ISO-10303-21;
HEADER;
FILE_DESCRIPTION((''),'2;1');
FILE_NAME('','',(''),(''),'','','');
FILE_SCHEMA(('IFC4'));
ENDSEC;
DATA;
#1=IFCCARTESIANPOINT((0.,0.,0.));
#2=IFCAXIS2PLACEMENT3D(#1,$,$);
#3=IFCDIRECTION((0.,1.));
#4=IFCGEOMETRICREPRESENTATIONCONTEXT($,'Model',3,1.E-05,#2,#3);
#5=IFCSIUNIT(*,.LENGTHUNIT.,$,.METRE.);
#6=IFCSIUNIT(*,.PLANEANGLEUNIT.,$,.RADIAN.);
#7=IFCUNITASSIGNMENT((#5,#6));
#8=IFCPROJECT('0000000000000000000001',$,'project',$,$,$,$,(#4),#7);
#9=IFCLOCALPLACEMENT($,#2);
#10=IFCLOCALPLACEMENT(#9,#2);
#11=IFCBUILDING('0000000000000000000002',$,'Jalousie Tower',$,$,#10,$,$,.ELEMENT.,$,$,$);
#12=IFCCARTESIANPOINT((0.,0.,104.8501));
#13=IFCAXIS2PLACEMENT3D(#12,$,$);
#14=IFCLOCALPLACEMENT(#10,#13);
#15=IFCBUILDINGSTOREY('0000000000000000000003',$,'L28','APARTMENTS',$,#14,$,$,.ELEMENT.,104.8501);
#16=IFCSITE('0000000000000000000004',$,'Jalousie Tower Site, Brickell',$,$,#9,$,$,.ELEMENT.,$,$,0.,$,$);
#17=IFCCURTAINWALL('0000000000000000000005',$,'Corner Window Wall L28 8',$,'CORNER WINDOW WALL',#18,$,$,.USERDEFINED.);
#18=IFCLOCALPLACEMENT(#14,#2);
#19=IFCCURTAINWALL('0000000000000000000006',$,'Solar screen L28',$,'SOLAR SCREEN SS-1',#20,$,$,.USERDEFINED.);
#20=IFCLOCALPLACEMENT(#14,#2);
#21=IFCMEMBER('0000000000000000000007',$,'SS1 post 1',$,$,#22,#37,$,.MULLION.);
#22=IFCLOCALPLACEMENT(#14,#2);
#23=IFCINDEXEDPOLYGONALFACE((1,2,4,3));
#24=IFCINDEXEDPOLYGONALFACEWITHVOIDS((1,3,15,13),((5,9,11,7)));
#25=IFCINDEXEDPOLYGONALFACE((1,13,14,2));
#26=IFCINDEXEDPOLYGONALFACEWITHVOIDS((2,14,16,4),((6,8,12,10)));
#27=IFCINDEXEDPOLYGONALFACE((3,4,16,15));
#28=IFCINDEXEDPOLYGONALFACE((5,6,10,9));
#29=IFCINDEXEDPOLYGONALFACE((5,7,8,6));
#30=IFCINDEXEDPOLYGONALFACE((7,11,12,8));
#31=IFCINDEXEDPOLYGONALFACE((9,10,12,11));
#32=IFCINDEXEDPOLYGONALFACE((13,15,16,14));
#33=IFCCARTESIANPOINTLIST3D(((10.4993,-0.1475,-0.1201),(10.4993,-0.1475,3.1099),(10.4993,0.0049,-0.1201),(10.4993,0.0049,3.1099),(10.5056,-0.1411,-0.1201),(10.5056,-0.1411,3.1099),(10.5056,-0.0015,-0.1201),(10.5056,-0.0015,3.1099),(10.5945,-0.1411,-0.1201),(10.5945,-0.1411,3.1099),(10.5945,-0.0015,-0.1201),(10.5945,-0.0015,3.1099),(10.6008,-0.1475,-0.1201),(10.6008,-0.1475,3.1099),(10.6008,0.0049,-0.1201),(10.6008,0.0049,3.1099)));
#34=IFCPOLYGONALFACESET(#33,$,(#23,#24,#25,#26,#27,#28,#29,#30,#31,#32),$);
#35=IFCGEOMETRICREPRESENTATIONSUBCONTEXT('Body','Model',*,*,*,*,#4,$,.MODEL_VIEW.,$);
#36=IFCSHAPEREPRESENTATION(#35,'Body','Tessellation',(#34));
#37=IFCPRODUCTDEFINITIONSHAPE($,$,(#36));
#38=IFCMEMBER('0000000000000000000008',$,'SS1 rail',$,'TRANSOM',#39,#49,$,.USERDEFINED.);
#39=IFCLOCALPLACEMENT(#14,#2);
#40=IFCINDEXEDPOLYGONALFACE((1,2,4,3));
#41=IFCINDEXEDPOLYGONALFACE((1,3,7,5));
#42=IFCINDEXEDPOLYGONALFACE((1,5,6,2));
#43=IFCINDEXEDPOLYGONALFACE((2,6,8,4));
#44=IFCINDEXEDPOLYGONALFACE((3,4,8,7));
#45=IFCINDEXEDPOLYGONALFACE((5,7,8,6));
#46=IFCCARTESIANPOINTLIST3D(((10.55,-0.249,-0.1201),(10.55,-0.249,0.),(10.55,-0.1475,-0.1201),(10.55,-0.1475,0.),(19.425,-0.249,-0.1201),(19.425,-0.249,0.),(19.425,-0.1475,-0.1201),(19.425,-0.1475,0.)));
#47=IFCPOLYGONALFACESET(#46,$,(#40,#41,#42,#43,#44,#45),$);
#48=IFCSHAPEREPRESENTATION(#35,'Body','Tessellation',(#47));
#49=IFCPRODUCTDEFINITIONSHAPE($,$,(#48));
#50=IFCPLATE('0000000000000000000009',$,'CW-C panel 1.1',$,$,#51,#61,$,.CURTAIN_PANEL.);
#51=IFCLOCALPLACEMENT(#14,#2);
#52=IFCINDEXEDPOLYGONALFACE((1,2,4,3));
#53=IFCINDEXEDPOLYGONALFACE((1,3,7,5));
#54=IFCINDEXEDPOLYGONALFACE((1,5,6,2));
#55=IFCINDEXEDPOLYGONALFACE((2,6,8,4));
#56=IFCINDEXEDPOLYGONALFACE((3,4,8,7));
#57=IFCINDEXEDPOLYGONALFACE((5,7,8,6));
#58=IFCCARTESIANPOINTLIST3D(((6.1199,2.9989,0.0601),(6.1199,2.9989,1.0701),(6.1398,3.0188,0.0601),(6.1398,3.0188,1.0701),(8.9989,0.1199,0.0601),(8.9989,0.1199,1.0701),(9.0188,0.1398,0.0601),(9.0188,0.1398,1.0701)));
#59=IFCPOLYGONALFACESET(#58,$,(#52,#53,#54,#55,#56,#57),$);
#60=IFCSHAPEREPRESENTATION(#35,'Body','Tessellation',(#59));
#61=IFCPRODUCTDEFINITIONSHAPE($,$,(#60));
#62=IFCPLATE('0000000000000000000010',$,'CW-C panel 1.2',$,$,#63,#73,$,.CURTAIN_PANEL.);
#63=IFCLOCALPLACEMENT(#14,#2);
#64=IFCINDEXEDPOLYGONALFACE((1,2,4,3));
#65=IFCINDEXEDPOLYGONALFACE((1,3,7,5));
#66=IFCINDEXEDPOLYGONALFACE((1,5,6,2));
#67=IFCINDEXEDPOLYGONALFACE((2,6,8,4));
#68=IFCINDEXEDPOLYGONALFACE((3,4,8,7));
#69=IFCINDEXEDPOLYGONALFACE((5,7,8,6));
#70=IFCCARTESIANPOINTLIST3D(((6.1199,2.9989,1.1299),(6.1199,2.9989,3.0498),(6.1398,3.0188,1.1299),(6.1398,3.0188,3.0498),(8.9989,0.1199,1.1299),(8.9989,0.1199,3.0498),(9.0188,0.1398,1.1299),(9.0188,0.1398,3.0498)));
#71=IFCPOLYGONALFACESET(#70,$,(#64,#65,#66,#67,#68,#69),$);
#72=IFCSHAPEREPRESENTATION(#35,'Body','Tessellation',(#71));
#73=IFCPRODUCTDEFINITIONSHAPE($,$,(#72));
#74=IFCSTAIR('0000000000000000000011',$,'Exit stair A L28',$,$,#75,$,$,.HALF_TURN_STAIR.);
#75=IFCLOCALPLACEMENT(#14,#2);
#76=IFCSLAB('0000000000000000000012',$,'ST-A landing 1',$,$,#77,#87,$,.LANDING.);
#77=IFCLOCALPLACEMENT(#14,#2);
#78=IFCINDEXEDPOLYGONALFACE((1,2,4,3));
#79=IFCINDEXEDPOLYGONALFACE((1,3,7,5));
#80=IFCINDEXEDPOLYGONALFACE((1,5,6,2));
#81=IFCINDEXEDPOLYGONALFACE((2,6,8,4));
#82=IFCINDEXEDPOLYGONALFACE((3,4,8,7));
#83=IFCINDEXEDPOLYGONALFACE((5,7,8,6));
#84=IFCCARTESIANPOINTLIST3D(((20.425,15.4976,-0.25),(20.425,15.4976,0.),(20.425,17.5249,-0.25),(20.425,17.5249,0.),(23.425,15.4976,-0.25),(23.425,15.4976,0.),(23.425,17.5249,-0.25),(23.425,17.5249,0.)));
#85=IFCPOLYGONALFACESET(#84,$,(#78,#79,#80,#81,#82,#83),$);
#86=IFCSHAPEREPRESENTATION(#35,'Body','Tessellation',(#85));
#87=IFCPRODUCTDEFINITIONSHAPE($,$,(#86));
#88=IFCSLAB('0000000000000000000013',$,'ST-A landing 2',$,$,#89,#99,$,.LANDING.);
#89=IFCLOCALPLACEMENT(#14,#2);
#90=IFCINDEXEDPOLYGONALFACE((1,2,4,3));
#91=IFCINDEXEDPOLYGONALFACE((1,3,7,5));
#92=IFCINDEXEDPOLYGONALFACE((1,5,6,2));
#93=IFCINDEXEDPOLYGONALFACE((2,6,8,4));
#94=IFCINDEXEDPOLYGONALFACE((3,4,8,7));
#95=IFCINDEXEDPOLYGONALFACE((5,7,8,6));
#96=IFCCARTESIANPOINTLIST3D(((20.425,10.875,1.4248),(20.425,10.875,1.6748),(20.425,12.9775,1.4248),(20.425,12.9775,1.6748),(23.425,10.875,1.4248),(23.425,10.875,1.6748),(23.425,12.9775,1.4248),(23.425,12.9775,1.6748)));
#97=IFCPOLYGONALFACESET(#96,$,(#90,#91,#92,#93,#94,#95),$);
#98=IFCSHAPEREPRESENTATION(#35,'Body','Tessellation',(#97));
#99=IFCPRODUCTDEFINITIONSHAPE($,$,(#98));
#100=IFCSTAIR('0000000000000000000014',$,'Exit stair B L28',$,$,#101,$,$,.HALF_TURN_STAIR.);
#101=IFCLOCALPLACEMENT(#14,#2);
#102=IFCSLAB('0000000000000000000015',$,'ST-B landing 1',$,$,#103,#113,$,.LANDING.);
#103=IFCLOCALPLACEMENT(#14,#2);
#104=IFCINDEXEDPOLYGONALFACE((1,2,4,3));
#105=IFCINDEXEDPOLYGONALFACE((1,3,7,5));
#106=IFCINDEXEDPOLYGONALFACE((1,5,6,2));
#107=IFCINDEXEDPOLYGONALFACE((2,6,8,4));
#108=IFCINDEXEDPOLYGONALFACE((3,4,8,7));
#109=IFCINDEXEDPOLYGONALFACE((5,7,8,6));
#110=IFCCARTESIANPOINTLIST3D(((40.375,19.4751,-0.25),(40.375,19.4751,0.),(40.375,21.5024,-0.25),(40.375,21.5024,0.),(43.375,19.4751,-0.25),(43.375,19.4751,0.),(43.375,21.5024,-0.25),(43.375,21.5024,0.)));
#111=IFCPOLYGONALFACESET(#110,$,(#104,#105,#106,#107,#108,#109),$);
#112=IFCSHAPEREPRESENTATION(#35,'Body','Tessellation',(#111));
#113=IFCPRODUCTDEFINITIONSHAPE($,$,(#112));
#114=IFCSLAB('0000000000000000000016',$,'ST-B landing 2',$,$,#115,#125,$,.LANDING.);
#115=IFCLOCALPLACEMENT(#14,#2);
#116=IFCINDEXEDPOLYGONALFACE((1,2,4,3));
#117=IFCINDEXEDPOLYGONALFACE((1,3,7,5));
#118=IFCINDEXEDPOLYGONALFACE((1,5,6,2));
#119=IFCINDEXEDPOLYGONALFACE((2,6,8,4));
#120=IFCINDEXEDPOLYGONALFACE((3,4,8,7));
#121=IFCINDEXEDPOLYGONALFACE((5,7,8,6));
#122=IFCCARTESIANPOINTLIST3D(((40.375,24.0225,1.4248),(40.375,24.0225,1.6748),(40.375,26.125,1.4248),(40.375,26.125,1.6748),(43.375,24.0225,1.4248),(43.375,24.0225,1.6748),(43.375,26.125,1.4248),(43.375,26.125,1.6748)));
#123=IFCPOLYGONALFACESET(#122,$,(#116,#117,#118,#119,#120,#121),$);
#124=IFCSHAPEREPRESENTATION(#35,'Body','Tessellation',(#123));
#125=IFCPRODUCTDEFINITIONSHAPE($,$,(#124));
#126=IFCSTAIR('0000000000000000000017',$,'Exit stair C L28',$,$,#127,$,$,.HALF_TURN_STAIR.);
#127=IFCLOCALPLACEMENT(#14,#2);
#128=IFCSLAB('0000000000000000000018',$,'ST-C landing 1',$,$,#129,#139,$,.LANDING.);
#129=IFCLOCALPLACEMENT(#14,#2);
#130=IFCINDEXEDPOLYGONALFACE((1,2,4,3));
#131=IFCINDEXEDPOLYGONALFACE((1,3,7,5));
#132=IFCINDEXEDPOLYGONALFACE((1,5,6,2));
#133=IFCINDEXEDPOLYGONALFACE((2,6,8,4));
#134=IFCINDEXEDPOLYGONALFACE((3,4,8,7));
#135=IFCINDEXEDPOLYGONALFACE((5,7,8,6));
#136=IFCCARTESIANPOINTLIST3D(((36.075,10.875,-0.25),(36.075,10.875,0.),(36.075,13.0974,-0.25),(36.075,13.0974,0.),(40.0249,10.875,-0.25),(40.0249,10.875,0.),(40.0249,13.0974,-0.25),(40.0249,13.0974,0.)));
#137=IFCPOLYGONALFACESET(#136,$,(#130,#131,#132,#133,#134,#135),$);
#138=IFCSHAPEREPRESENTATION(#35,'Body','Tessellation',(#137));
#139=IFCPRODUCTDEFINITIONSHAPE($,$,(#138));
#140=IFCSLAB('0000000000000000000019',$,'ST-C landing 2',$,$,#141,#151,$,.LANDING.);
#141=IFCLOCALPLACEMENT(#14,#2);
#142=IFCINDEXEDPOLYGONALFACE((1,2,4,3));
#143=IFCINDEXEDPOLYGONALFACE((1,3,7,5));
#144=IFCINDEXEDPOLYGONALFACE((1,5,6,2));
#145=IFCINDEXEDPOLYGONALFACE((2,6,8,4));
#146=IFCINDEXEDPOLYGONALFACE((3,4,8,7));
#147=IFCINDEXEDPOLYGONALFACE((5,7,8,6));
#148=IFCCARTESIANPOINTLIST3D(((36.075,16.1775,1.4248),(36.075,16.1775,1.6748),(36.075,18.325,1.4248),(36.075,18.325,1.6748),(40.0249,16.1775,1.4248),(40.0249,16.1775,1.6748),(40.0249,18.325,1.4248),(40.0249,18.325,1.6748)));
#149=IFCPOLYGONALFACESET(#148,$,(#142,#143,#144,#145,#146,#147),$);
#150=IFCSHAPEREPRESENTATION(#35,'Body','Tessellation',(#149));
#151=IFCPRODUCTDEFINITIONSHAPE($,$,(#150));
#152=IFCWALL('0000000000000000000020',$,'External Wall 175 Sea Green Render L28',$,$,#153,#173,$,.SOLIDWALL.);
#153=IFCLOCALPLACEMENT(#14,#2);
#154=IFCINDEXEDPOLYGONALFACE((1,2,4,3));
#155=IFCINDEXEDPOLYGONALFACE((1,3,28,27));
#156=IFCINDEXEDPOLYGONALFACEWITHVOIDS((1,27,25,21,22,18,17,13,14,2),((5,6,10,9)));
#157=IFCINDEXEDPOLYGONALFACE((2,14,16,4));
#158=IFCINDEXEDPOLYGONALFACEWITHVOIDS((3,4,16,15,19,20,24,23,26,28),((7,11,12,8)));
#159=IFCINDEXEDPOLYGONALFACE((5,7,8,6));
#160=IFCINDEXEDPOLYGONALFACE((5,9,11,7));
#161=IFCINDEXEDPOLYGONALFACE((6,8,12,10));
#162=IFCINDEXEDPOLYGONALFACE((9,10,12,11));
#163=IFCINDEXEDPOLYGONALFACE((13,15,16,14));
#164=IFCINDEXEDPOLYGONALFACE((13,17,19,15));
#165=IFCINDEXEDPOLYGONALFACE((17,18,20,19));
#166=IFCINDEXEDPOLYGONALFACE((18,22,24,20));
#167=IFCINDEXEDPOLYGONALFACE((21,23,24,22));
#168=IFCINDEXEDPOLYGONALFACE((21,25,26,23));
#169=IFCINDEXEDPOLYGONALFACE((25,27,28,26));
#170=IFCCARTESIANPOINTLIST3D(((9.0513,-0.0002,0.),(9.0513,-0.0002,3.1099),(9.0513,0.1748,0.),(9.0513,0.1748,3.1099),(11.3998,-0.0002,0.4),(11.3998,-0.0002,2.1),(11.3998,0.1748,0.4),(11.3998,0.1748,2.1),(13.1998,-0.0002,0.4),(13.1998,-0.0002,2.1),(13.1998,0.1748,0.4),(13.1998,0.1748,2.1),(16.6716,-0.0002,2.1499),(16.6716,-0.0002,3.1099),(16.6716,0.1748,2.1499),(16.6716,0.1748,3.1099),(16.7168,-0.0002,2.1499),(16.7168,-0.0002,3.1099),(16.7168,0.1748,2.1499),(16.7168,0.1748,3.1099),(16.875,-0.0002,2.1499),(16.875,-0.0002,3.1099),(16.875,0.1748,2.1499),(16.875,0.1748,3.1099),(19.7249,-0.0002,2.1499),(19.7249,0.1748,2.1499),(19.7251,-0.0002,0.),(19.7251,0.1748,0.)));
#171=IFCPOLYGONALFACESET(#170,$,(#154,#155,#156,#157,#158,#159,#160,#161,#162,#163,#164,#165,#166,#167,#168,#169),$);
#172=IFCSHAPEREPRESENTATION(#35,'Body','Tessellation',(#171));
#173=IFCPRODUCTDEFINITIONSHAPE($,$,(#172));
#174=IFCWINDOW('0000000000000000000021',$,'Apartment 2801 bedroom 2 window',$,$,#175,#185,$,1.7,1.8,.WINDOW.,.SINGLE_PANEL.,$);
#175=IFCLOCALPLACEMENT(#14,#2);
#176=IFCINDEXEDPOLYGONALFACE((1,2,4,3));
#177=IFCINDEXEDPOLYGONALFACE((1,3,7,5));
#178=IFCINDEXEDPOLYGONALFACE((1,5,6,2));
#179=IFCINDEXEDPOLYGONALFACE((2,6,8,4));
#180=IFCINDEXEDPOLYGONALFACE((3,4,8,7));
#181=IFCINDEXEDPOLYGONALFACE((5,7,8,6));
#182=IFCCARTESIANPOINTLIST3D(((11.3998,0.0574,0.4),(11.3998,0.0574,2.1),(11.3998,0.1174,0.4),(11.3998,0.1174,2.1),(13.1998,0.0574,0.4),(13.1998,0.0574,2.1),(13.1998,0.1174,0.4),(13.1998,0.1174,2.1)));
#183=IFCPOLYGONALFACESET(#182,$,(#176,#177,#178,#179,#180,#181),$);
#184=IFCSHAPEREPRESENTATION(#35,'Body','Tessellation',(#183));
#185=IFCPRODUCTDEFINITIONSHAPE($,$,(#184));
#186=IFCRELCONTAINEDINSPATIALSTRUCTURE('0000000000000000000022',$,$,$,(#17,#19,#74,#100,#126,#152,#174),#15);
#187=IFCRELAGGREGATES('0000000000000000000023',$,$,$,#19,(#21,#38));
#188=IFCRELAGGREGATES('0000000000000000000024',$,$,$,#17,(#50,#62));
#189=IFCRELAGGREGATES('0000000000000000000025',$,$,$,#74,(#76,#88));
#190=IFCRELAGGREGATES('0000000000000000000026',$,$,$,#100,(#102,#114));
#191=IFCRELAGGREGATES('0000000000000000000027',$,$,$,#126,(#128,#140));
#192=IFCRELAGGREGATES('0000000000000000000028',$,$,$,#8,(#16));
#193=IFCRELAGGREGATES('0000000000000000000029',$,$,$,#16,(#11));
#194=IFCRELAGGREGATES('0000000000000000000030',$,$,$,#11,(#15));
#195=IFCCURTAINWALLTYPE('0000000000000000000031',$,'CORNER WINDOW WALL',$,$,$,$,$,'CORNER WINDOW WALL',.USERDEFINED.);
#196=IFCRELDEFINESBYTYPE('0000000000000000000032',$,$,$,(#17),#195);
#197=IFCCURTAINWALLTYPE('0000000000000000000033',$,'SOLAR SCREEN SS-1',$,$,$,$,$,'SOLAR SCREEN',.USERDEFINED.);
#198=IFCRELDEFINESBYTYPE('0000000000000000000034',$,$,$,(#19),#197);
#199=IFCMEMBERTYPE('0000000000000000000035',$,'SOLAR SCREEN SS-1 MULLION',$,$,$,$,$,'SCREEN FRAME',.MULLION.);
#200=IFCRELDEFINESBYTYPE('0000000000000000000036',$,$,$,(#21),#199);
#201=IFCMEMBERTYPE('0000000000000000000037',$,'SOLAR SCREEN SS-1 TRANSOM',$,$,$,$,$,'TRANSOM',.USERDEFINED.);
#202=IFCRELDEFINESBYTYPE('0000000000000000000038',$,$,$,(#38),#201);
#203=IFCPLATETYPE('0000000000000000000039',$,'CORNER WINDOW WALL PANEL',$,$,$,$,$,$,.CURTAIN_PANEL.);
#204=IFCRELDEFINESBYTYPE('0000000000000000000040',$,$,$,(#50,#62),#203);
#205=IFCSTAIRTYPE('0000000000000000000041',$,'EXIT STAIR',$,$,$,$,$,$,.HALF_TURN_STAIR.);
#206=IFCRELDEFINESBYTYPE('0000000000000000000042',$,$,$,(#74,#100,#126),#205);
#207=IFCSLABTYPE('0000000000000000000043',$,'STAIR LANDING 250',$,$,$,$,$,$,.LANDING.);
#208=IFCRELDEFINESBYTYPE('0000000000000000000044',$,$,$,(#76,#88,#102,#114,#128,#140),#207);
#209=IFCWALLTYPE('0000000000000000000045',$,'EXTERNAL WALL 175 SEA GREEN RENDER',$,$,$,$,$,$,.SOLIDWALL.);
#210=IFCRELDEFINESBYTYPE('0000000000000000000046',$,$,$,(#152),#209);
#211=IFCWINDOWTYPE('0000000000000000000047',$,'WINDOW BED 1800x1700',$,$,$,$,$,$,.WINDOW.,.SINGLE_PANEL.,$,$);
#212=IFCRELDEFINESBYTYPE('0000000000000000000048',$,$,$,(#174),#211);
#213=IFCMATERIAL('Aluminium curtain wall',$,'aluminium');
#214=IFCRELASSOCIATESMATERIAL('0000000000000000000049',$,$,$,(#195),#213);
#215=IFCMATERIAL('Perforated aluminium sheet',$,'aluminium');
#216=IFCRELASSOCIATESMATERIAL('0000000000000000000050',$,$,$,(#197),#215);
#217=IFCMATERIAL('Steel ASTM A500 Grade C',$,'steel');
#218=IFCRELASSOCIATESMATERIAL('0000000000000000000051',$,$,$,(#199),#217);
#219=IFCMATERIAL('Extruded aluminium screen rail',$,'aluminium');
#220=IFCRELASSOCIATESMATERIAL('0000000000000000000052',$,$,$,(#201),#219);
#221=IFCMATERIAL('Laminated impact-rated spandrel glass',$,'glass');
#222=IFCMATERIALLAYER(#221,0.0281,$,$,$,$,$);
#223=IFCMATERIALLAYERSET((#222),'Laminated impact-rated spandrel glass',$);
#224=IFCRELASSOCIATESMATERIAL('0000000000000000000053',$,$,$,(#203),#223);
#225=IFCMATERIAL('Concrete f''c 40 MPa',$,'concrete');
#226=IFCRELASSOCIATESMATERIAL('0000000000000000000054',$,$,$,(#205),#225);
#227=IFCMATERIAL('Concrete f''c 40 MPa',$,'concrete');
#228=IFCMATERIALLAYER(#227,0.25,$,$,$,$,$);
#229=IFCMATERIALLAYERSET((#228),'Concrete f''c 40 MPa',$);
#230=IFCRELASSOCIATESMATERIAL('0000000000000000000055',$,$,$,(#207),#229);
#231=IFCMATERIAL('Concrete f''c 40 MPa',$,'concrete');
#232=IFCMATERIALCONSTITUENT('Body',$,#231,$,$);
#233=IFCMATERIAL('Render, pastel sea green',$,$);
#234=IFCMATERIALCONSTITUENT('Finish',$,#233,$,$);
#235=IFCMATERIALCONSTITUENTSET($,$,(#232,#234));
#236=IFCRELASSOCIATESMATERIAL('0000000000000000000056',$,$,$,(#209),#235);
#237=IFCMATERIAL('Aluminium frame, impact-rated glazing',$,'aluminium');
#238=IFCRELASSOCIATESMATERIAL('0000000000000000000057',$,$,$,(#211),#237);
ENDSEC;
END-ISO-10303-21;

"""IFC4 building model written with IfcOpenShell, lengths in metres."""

from ifc_helpers import new_model, si_unit, direction, frame, frame_2d, origin, origin_2d, place, context, subcontext, project, spatial, polyline, rectangle, hollow_rectangle, outline, extrude, material, layer, layer_set, constituent, constituent_set, material_profile, profile_set, type_object, element, fill, aggregate, save


model = new_model("IFC4")

# Units and contexts
model_context = context("Model", 3, precision=1e-05, world=origin(), true_north=direction((0.0, 1.0)))
body_context = subcontext(model_context, "Body", "Model", "MODEL_VIEW")
ifc_project = project(units=[si_unit("LENGTHUNIT", "METRE"), si_unit("PLANEANGLEUNIT", "RADIAN")], contexts=[model_context])

# Site, building, storey
site_placement = place(None, origin())
site = spatial("IfcSite", under=ifc_project, at=site_placement, Name="Jalousie Tower Site, Brickell", CompositionType="ELEMENT", RefElevation=0.0)
building_placement = place(site_placement, origin())
building = spatial("IfcBuilding", under=site, at=building_placement, Name="Jalousie Tower", CompositionType="ELEMENT")
storey_placement = place(building_placement, frame((0.0, 0.0, 104.8501)))
storey = spatial("IfcBuildingStorey", under=building, at=storey_placement, Name="L28", Description="APARTMENTS", CompositionType="ELEMENT", Elevation=104.8501)

# Curtain wall
ifc_material_1 = material(Name="Aluminium curtain wall", Category="aluminium")
curtain_wall_type_1 = type_object("IfcCurtainWallType", Name="CORNER WINDOW WALL", ElementType="CORNER WINDOW WALL", PredefinedType="USERDEFINED", material=ifc_material_1)
curtain_wall_1_placement = place(storey_placement, origin())
curtain_wall_1 = element("IfcCurtainWall", 1, at=curtain_wall_1_placement, inside=storey, type_object=curtain_wall_type_1, Name="Corner Window Wall L28 8", ObjectType="CORNER WINDOW WALL", PredefinedType="USERDEFINED")

# Curtain wall, members
ifc_material_2 = material(Name="Perforated aluminium sheet", Category="aluminium")
curtain_wall_type_2 = type_object("IfcCurtainWallType", Name="SOLAR SCREEN SS-1", ElementType="SOLAR SCREEN", PredefinedType="USERDEFINED", material=ifc_material_2)
curtain_wall_2_placement = place(storey_placement, origin())
curtain_wall_2 = element("IfcCurtainWall", 2, at=curtain_wall_2_placement, inside=storey, type_object=curtain_wall_type_2, Name="Solar screen L28", ObjectType="SOLAR SCREEN SS-1", PredefinedType="USERDEFINED")
ifc_material_3 = material(Name="Steel ASTM A500 Grade C", Category="steel")
ifc_material_profile_1 = material_profile(ifc_material_3, hollow_rectangle(XDim=0.1016, YDim=0.1523, WallThickness=0.0063, at=origin_2d()), Name="HSS6X4X1/4")
ifc_profile_set_1 = profile_set([ifc_material_profile_1], Name="Steel ASTM A500 Grade C")
member_type_1 = type_object("IfcMemberType", Name="SOLAR SCREEN SS-1 MULLION", ElementType="SCREEN FRAME", PredefinedType="MULLION", material=ifc_profile_set_1)
member_1_placement = place(storey_placement, frame((10.55, -0.0713, -0.1201), z_axis=(0.0, 0.0, 1.0), x_axis=(1.0, 0.0, 0.0)))
member_1 = element("IfcMember", 3, at=member_1_placement, type_object=member_type_1, Name="SS1 post 1", PredefinedType="MULLION", context=body_context, shape_type="SweptSolid", body=[
    extrude(hollow_rectangle(XDim=0.1016, YDim=0.1523, WallThickness=0.0063, at=origin_2d()), origin(), (0.0, 0.0, 1.0), 3.23),
])
ifc_material_4 = material(Name="Extruded aluminium screen rail", Category="aluminium")
ifc_material_profile_2 = material_profile(ifc_material_4, rectangle(XDim=0.1016, YDim=0.1201, at=origin_2d()), Name="RAIL 102x120")
ifc_profile_set_2 = profile_set([ifc_material_profile_2], Name="Extruded aluminium screen rail")
member_type_2 = type_object("IfcMemberType", Name="SOLAR SCREEN SS-1 TRANSOM", ElementType="TRANSOM", PredefinedType="USERDEFINED", material=ifc_profile_set_2)
member_2_placement = place(storey_placement, frame((10.55, -0.1982, -0.0601), z_axis=(1.0, 0.0, 0.0), x_axis=(0.0, 1.0, 0.0)))
member_2 = element("IfcMember", 4, at=member_2_placement, type_object=member_type_2, Name="SS1 rail", ObjectType="TRANSOM", PredefinedType="USERDEFINED", context=body_context, shape_type="SweptSolid", body=[
    extrude(rectangle(XDim=0.1016, YDim=0.1201, at=origin_2d()), origin(), (0.0, 0.0, 1.0), 8.875),
])
aggregate(curtain_wall_2, [member_1, member_2])

# Plates
ifc_material_5 = material(Name="Laminated impact-rated spandrel glass", Category="glass")
ifc_layer_1 = layer(ifc_material_5, 0.0281)
ifc_layer_set_1 = layer_set([ifc_layer_1], Name="Laminated impact-rated spandrel glass")
plate_type = type_object("IfcPlateType", Name="CORNER WINDOW WALL PANEL", PredefinedType="CURTAIN_PANEL", material=ifc_layer_set_1)
plate_1_placement = place(storey_placement, frame((7.5693, 1.5693, 0.0601), z_axis=(0.0, 0.0, 1.0), x_axis=(0.707107, -0.707107, 0.0)))
plate_1 = element("IfcPlate", 5, at=plate_1_placement, type_object=plate_type, Name="CW-C panel 1.1", PredefinedType="CURTAIN_PANEL", context=body_context, shape_type="SweptSolid", body=[
    extrude(rectangle(XDim=4.0715, YDim=0.0281, at=origin_2d()), origin(), (0.0, 0.0, 1.0), 1.01),
])
plate_2_placement = place(storey_placement, frame((7.5693, 1.5693, 1.1299), z_axis=(0.0, 0.0, 1.0), x_axis=(0.707107, -0.707107, 0.0)))
plate_2 = element("IfcPlate", 6, at=plate_2_placement, type_object=plate_type, Name="CW-C panel 1.2", PredefinedType="CURTAIN_PANEL", context=body_context, shape_type="SweptSolid", body=[
    extrude(rectangle(XDim=4.0715, YDim=0.0281, at=origin_2d()), origin(), (0.0, 0.0, 1.0), 1.9199),
])
aggregate(curtain_wall_1, [plate_1, plate_2])

# Stairs, slabs
ifc_material_6 = material(Name="Concrete f'c 40 MPa", Category="concrete")
stair_type = type_object("IfcStairType", Name="EXIT STAIR", PredefinedType="HALF_TURN_STAIR", material=ifc_material_6)
stair_1_placement = place(storey_placement, origin())
stair_1 = element("IfcStair", 7, at=stair_1_placement, inside=storey, type_object=stair_type, Name="Exit stair A L28", PredefinedType="HALF_TURN_STAIR")
ifc_material_7 = material(Name="Concrete f'c 40 MPa", Category="concrete")
ifc_layer_2 = layer(ifc_material_7, 0.25)
ifc_layer_set_2 = layer_set([ifc_layer_2], Name="Concrete f'c 40 MPa")
slab_type_1 = type_object("IfcSlabType", Name="STAIR LANDING 250", PredefinedType="LANDING", material=ifc_layer_set_2)
slab_1_placement = place(storey_placement, frame((0.0, 0.0, -0.25)))
slab_1 = element("IfcSlab", 8, at=slab_1_placement, type_object=slab_type_1, Name="ST-A landing 1", PredefinedType="LANDING", context=body_context, shape_type="SweptSolid", body=[
    extrude(outline(polyline([(20.425, 15.4976), (23.425, 15.4976), (23.425, 17.5249), (20.425, 17.5249), (20.425, 15.4976)])), origin(), (0.0, 0.0, 1.0), 0.25),
])
slab_2_placement = place(storey_placement, frame((0.0, 0.0, 1.4248)))
slab_2 = element("IfcSlab", 9, at=slab_2_placement, type_object=slab_type_1, Name="ST-A landing 2", PredefinedType="LANDING", context=body_context, shape_type="SweptSolid", body=[
    extrude(outline(polyline([(20.425, 10.875), (23.425, 10.875), (23.425, 12.9775), (20.425, 12.9775), (20.425, 10.875)])), origin(), (0.0, 0.0, 1.0), 0.25),
])
aggregate(stair_1, [slab_1, slab_2])
stair_2_placement = place(storey_placement, origin())
stair_2 = element("IfcStair", 10, at=stair_2_placement, inside=storey, type_object=stair_type, Name="Exit stair B L28", PredefinedType="HALF_TURN_STAIR")
slab_3_placement = place(storey_placement, frame((0.0, 0.0, -0.25)))
slab_3 = element("IfcSlab", 11, at=slab_3_placement, type_object=slab_type_1, Name="ST-B landing 1", PredefinedType="LANDING", context=body_context, shape_type="SweptSolid", body=[
    extrude(outline(polyline([(40.375, 19.4751), (43.375, 19.4751), (43.375, 21.5024), (40.375, 21.5024), (40.375, 19.4751)])), origin(), (0.0, 0.0, 1.0), 0.25),
])
slab_4_placement = place(storey_placement, frame((0.0, 0.0, 1.4248)))
slab_4 = element("IfcSlab", 12, at=slab_4_placement, type_object=slab_type_1, Name="ST-B landing 2", PredefinedType="LANDING", context=body_context, shape_type="SweptSolid", body=[
    extrude(outline(polyline([(40.375, 24.0225), (43.375, 24.0225), (43.375, 26.125), (40.375, 26.125), (40.375, 24.0225)])), origin(), (0.0, 0.0, 1.0), 0.25),
])
aggregate(stair_2, [slab_3, slab_4])
stair_3_placement = place(storey_placement, origin())
stair_3 = element("IfcStair", 13, at=stair_3_placement, inside=storey, type_object=stair_type, Name="Exit stair C L28", PredefinedType="HALF_TURN_STAIR")
slab_5_placement = place(storey_placement, frame((0.0, 0.0, -0.25)))
slab_5 = element("IfcSlab", 14, at=slab_5_placement, type_object=slab_type_1, Name="ST-C landing 1", PredefinedType="LANDING", context=body_context, shape_type="SweptSolid", body=[
    extrude(outline(polyline([(36.075, 10.875), (40.0249, 10.875), (40.0249, 13.0974), (36.075, 13.0974), (36.075, 10.875)])), origin(), (0.0, 0.0, 1.0), 0.25),
])
slab_6_placement = place(storey_placement, frame((0.0, 0.0, 1.4248)))
slab_6 = element("IfcSlab", 15, at=slab_6_placement, type_object=slab_type_1, Name="ST-C landing 2", PredefinedType="LANDING", context=body_context, shape_type="SweptSolid", body=[
    extrude(outline(polyline([(36.075, 16.1775), (40.0249, 16.1775), (40.0249, 18.325), (36.075, 18.325), (36.075, 16.1775)])), origin(), (0.0, 0.0, 1.0), 0.25),
])
aggregate(stair_3, [slab_5, slab_6])

# Wall, opening, window
ifc_material_8 = material(Name="Concrete f'c 40 MPa", Category="concrete")
ifc_constituent_1 = constituent(ifc_material_8, Name="Body")
ifc_material_9 = material(Name="Render, pastel sea green")
ifc_constituent_2 = constituent(ifc_material_9, Name="Finish")
ifc_constituent_set_1 = constituent_set(constituents=[ifc_constituent_1, ifc_constituent_2])
wall_type_1 = type_object("IfcWallType", Name="EXTERNAL WALL 175 SEA GREEN RENDER", PredefinedType="SOLIDWALL", material=ifc_constituent_set_1)
wall_1_placement = place(storey_placement, frame((9.0513, 0.0874, 0.0), z_axis=(0.0, 0.0, 1.0), x_axis=(1.0, 0.0, 0.0)))
wall_1 = element("IfcWall", 16, at=wall_1_placement, inside=storey, type_object=wall_type_1, Name="External Wall 175 Sea Green Render L28", PredefinedType="SOLIDWALL", context=body_context, shape_type="SweptSolid", body=[
    extrude(outline(polyline([(0.0, 0.0), (10.6738, 0.0), (10.6736, 2.1499), (7.8237, 2.1499), (7.8237, 3.1099), (7.6655, 3.1099), (7.6655, 2.1499), (7.6204, 2.1499), (7.6204, 3.1099), (0.0, 3.1099), (0.0, 0.0)])), frame((0.0, 0.0874, 0.0), z_axis=(0.0, -1.0, 0.0), x_axis=(1.0, 0.0, 0.0)), (0.0, 0.0, 1.0), 0.175),
])
opening_1_placement = place(wall_1_placement, frame((2.3486, 0.0, 0.3999)))
opening_1 = element("IfcOpeningElement", 17, at=opening_1_placement, cuts=wall_1, PredefinedType="OPENING", context=body_context, shape_type="SweptSolid", body=[
    extrude(rectangle(XDim=1.8, YDim=1.7, at=frame_2d((0.8999, 0.8501))), frame((0.0, 0.0974, 0.0), z_axis=(0.0, -1.0, 0.0), x_axis=(1.0, 0.0, 0.0)), (0.0, 0.0, 1.0), 0.1951),
])
ifc_material_10 = material(Name="Aluminium frame, impact-rated glazing", Category="aluminium")
window_type = type_object("IfcWindowType", Name="WINDOW BED 1800x1700", PartitioningType="SINGLE_PANEL", PredefinedType="WINDOW", material=ifc_material_10)
window_placement = place(opening_1_placement, origin())
window = element("IfcWindow", 18, at=window_placement, inside=storey, type_object=window_type, Name="Apartment 2801 bedroom 2 window", OverallHeight=1.7, OverallWidth=1.8, PartitioningType="SINGLE_PANEL", PredefinedType="WINDOW", context=body_context, shape_type="SweptSolid", body=[
    extrude(rectangle(XDim=1.8, YDim=1.7, at=frame_2d((0.8999, 0.8501))), frame((0.0, 0.03, 0.0), z_axis=(0.0, -1.0, 0.0), x_axis=(1.0, 0.0, 0.0)), (0.0, 0.0, 1.0), 0.0601),
])
fill(opening_1, window)

save(model, "model.ifc")
